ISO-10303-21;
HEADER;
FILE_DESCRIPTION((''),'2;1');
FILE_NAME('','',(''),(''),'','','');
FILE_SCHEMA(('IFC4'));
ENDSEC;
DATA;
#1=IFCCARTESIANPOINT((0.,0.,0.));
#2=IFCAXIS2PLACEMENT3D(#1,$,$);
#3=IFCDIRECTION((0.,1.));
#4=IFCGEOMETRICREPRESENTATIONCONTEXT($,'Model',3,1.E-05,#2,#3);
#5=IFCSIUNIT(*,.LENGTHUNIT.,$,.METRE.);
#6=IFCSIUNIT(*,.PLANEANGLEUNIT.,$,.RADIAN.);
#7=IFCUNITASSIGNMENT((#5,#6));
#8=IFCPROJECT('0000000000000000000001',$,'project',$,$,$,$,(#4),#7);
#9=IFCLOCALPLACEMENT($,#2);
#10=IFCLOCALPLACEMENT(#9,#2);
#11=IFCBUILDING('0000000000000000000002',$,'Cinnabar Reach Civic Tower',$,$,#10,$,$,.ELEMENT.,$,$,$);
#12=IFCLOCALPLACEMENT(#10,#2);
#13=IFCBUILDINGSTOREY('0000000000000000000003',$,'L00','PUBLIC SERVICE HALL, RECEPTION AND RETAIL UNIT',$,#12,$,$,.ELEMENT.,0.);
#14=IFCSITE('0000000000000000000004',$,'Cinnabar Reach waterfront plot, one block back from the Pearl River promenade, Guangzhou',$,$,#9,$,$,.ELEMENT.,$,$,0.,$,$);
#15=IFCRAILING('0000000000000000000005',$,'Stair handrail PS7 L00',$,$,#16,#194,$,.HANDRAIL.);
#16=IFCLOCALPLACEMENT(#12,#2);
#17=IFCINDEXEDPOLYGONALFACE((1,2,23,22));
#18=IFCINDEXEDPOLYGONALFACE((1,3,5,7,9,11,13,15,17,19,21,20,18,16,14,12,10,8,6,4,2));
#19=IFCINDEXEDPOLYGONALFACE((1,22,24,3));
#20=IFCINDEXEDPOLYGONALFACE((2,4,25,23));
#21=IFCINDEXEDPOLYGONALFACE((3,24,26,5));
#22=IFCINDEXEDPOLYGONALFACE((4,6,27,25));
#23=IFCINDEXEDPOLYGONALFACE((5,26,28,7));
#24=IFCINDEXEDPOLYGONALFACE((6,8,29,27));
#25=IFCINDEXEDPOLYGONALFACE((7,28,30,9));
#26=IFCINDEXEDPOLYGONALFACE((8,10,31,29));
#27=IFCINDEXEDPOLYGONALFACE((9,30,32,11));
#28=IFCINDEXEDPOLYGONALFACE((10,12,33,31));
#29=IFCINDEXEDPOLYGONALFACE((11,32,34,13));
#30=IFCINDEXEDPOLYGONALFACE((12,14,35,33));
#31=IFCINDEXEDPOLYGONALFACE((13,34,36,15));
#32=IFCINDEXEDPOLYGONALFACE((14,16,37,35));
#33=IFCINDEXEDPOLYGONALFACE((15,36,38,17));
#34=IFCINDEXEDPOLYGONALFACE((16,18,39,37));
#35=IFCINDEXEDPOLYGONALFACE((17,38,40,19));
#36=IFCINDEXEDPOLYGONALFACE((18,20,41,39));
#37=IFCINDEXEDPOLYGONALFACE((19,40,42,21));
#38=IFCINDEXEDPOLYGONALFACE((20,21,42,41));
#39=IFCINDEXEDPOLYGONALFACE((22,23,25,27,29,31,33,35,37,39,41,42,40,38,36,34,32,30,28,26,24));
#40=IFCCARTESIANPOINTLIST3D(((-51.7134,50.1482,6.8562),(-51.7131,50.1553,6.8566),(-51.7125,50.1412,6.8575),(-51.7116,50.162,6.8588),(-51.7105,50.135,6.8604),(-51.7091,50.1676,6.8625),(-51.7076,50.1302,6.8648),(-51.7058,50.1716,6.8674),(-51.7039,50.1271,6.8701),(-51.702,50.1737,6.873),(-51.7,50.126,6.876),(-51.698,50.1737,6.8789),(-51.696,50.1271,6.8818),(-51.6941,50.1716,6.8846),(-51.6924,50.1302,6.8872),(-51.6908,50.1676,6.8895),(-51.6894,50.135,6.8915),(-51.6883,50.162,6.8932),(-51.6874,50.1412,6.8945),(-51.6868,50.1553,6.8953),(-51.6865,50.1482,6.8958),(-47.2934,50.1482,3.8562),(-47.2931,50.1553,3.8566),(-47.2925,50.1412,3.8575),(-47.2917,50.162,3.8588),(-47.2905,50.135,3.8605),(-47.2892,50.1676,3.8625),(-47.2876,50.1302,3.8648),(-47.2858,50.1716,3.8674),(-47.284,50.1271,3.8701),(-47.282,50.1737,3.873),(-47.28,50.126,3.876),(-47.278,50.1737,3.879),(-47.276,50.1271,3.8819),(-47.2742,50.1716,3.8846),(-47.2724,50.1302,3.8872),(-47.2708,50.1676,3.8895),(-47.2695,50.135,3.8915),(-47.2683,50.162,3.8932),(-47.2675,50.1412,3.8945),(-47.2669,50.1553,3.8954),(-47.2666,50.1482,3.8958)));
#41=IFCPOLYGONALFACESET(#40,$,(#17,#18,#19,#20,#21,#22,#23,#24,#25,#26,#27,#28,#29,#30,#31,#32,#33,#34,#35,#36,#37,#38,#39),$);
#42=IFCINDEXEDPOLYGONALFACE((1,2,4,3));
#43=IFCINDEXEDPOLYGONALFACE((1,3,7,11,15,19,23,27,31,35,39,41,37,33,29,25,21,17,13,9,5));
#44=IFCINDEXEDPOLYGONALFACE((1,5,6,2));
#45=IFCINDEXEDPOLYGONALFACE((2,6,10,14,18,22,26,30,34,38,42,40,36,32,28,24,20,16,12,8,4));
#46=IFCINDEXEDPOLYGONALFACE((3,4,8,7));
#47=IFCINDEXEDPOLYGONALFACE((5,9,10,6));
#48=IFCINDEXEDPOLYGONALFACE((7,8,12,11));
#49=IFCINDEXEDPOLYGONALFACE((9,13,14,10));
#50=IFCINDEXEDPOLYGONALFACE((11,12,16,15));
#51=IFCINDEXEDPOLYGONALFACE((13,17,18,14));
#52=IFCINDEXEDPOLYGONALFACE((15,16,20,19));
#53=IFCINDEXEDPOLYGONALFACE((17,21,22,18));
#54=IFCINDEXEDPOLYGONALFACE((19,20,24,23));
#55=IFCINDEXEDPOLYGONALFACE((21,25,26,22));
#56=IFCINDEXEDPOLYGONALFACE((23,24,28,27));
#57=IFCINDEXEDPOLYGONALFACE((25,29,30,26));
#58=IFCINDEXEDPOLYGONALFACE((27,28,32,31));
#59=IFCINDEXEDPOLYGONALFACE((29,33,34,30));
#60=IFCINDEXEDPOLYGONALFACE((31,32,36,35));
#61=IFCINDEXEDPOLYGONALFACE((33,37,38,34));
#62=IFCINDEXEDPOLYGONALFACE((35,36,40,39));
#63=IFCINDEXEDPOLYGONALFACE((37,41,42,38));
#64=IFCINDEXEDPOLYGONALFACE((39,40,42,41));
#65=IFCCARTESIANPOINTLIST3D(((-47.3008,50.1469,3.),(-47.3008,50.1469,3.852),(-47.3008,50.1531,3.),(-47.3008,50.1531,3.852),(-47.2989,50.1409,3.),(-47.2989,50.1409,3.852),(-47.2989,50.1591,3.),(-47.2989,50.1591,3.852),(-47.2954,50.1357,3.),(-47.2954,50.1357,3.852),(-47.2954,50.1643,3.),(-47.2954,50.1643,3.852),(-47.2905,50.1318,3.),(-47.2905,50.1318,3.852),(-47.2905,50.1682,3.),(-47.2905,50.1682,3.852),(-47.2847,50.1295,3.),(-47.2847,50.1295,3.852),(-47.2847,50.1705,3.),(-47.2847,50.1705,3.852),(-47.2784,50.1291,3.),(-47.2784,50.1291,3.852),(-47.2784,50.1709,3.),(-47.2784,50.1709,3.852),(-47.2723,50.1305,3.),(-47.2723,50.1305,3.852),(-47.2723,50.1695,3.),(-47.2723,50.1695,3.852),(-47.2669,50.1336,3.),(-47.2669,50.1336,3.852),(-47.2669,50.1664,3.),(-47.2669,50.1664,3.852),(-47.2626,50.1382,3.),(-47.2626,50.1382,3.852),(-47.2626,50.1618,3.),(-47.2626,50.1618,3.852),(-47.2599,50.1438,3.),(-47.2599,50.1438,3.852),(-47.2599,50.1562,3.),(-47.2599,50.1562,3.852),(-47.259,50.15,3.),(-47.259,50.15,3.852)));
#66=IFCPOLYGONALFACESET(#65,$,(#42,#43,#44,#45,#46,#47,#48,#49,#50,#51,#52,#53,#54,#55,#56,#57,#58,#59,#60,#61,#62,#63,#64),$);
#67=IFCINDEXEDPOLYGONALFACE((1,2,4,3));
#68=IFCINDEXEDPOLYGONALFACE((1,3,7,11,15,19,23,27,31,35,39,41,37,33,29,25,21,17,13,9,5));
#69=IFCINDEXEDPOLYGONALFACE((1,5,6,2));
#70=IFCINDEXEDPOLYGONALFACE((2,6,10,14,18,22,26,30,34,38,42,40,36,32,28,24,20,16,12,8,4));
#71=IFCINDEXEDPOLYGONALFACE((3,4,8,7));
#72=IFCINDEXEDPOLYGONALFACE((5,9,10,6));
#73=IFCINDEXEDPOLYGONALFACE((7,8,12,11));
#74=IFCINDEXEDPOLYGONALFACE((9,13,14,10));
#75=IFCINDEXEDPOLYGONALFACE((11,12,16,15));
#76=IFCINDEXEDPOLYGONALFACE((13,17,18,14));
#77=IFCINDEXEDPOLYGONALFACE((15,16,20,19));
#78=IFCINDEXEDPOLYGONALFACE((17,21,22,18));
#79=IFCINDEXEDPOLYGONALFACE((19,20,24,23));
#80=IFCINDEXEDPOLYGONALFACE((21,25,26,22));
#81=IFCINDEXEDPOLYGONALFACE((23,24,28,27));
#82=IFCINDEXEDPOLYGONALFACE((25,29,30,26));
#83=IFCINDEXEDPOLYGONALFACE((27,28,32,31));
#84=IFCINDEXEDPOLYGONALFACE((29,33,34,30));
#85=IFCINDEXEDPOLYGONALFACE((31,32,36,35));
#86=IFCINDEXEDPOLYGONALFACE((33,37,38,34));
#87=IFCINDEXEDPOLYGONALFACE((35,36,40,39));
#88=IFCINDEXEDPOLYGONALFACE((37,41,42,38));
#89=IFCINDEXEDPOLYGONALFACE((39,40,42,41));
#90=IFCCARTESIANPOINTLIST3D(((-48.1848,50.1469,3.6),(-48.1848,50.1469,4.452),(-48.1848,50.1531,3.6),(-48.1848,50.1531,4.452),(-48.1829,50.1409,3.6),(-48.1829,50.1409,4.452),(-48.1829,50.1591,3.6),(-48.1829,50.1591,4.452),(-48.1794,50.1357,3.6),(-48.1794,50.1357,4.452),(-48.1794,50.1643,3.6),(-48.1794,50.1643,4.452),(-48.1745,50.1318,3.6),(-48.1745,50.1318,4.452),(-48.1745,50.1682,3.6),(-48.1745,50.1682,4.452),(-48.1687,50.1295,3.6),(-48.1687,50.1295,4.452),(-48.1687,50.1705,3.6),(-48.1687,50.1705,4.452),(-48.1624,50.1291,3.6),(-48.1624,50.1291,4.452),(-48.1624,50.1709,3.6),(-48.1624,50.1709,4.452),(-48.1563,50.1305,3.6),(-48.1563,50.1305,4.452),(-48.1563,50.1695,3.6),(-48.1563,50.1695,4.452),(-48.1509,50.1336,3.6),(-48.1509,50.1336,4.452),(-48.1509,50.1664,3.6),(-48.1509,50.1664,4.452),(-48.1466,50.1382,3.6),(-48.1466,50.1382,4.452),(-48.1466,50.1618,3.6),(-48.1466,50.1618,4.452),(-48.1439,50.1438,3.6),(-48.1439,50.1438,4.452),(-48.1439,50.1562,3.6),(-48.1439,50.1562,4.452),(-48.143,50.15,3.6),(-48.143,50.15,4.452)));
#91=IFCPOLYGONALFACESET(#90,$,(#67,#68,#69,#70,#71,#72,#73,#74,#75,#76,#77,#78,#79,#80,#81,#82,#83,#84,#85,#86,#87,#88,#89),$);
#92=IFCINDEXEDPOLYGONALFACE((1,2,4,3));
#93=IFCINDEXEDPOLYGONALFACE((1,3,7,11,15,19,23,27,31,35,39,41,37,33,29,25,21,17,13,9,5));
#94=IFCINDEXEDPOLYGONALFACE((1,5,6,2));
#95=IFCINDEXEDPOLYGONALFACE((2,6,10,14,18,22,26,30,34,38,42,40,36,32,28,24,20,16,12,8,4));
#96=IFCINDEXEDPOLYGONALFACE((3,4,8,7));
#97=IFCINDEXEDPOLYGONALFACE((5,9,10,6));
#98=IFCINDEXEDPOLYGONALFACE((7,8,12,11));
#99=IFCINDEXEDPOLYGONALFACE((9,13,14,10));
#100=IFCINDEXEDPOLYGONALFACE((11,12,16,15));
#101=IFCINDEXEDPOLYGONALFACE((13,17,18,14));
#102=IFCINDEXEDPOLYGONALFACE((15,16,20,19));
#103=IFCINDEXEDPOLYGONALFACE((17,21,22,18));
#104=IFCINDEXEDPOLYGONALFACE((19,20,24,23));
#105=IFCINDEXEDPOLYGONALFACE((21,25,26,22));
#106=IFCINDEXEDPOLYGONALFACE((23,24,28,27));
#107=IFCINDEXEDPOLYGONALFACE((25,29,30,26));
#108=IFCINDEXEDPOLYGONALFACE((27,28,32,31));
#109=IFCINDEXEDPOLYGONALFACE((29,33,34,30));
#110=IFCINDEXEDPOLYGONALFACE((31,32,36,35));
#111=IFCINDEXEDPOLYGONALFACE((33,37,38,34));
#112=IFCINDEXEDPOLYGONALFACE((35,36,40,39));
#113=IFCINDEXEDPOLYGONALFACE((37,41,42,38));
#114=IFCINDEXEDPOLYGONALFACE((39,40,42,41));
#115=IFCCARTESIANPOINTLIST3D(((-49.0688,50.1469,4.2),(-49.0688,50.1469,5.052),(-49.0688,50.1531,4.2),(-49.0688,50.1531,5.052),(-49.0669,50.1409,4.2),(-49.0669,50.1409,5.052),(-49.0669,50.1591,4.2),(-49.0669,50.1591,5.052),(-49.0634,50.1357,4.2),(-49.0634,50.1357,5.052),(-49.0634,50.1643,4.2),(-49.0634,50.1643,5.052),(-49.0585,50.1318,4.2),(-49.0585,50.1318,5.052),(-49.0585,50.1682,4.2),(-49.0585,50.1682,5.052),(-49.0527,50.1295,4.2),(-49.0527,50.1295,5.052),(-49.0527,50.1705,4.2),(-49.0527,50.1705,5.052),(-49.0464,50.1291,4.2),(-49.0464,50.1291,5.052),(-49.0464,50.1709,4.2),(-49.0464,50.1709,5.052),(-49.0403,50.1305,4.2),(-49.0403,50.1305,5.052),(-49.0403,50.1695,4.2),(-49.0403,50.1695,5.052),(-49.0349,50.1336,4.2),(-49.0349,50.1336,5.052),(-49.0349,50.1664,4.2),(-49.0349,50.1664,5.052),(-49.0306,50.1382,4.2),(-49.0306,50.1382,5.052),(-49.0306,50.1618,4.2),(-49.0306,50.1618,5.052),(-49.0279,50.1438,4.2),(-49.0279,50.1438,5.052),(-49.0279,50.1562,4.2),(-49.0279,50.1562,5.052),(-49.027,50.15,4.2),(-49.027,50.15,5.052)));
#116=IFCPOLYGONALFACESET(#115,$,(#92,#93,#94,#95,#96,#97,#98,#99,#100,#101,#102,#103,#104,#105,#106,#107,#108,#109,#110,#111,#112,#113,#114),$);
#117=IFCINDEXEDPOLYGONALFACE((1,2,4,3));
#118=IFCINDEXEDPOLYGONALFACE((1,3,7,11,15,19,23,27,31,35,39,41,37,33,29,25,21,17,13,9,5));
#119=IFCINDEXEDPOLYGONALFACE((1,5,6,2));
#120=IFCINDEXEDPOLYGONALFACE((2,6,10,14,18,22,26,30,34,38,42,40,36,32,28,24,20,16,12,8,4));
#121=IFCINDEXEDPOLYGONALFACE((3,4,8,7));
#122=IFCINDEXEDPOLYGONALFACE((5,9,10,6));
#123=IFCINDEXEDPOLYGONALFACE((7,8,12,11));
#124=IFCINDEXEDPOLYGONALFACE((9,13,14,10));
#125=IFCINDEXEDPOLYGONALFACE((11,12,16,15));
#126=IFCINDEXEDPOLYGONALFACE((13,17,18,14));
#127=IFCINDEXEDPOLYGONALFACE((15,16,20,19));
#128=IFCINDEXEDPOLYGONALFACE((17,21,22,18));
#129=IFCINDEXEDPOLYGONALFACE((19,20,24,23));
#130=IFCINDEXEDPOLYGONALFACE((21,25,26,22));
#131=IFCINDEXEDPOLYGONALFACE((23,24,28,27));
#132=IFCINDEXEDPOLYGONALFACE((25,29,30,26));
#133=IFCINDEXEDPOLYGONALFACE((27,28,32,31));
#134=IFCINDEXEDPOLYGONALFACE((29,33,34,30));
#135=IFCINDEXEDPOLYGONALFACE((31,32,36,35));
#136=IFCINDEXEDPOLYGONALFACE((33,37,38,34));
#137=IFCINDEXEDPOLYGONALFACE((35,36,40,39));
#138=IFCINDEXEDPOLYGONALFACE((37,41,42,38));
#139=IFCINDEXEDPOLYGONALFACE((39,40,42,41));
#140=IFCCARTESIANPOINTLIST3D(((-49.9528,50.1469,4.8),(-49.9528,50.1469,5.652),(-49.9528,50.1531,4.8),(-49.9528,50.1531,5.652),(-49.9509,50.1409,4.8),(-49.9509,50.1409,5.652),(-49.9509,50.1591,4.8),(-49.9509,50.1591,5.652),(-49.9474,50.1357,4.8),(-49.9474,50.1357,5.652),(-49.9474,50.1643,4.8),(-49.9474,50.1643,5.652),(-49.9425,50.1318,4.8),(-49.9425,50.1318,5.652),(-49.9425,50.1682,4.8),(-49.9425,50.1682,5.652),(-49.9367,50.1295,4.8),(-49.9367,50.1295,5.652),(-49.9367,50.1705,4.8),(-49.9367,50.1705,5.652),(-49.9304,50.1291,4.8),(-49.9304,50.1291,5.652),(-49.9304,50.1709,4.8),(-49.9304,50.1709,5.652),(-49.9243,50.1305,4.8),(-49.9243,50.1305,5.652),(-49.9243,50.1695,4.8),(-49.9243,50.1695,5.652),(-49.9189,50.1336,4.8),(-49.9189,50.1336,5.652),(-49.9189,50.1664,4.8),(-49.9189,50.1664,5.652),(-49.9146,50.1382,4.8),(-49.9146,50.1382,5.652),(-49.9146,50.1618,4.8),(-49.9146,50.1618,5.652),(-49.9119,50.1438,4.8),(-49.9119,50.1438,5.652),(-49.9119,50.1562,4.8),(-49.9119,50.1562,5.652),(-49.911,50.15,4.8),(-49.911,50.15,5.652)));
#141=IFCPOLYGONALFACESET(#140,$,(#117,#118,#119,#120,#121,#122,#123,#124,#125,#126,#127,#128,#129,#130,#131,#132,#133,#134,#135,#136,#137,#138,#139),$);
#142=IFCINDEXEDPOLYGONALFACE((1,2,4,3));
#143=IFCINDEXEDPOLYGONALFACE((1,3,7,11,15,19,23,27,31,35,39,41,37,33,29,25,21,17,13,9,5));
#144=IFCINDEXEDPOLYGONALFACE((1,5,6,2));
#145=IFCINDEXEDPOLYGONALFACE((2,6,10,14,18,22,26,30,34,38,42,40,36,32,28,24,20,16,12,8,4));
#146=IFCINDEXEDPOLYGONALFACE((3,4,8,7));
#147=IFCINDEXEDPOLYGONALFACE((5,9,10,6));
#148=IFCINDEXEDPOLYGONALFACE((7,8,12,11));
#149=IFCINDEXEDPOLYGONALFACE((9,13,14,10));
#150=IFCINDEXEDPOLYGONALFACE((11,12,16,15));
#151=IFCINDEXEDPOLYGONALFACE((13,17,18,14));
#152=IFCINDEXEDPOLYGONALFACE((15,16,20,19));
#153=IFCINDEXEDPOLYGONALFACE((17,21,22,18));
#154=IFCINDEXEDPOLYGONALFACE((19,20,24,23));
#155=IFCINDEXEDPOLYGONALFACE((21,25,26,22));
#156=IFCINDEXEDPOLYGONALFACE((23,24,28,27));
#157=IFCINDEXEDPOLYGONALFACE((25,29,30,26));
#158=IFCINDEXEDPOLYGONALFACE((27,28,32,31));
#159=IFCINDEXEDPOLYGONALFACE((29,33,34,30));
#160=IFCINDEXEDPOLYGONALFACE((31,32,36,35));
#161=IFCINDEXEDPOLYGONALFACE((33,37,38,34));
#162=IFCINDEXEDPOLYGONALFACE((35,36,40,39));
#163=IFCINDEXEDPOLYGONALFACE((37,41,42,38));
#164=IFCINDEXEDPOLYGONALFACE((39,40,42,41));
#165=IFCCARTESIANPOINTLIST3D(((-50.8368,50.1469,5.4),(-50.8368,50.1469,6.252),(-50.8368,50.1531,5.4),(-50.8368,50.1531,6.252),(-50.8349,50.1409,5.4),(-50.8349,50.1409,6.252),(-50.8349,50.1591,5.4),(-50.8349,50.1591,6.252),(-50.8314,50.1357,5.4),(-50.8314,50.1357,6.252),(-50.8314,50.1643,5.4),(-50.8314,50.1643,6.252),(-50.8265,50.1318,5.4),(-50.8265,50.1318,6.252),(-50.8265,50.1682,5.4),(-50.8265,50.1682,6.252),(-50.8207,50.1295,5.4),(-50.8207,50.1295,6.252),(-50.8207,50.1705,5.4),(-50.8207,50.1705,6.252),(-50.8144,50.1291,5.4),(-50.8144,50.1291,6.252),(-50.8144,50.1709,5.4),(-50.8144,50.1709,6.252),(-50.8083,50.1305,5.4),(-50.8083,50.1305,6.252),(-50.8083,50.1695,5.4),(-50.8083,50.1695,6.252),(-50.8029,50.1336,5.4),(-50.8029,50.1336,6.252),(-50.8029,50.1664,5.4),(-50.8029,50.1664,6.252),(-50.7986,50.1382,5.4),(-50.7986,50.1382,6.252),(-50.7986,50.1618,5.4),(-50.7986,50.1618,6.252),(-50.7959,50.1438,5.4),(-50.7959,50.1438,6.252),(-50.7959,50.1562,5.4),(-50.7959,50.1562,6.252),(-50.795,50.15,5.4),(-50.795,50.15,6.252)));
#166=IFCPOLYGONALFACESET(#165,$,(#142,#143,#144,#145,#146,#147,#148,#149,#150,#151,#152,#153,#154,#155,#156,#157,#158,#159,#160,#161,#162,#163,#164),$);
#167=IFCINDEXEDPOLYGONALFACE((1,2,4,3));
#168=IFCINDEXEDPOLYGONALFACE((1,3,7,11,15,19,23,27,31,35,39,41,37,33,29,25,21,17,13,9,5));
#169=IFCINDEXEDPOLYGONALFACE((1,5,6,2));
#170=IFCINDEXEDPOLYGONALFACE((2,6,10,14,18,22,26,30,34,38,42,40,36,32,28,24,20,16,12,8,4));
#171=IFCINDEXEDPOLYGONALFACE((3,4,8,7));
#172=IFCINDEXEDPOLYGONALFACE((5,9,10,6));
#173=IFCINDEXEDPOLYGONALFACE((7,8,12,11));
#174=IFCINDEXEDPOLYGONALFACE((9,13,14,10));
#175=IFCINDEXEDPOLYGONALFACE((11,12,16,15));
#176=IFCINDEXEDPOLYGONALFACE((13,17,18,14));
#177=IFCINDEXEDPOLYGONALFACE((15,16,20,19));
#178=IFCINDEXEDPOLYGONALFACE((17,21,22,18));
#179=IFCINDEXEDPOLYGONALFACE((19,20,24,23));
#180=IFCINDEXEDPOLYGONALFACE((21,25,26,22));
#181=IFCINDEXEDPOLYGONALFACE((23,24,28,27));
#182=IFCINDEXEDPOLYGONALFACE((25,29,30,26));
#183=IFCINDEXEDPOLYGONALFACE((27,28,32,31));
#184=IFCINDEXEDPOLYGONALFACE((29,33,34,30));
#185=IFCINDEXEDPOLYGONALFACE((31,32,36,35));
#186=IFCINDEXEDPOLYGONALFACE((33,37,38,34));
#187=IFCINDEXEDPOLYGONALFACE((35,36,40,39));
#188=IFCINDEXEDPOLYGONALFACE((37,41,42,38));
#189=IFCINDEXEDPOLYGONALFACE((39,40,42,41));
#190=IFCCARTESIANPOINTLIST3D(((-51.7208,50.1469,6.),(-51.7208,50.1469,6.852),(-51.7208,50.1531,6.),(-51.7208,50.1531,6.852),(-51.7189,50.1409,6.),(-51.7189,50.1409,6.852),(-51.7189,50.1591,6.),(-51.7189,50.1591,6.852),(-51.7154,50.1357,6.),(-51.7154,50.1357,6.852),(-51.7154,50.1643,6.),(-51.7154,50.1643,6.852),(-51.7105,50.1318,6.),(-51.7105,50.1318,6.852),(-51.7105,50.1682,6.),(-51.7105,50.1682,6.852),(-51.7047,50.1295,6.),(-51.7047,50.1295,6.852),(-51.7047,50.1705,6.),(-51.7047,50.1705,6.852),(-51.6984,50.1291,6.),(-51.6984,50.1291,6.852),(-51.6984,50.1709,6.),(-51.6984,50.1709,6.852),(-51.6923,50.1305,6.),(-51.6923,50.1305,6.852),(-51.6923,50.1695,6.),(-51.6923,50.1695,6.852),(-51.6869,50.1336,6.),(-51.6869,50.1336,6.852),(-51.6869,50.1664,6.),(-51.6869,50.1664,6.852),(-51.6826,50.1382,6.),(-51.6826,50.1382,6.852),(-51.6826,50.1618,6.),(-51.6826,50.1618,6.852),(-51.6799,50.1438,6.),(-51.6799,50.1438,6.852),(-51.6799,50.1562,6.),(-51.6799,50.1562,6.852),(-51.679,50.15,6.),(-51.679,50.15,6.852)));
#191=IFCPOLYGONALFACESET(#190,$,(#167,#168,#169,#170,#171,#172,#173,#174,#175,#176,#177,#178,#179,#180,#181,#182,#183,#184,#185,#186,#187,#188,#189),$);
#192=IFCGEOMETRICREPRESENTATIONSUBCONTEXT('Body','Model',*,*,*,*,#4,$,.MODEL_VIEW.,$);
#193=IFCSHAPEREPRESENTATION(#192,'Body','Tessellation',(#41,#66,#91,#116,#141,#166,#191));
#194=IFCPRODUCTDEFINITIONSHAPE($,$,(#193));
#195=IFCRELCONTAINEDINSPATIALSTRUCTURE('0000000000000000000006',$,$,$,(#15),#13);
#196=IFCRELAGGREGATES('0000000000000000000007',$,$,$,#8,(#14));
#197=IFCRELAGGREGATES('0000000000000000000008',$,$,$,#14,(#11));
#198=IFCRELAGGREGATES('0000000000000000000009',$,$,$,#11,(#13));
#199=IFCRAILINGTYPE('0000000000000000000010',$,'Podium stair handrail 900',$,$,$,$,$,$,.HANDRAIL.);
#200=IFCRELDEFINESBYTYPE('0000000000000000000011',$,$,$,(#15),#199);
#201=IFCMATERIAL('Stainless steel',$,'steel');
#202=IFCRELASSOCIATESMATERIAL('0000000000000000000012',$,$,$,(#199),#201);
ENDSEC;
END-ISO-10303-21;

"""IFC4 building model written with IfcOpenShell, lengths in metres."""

from ifc_helpers import new_model, si_unit, direction, frame, origin, origin_2d, place, context, subcontext, project, spatial, circle, extrude, material, type_object, element, save


model = new_model("IFC4")

# Units and contexts
model_context = context("Model", 3, precision=1e-05, world=origin(), true_north=direction((0.0, 1.0)))
body_context = subcontext(model_context, "Body", "Model", "MODEL_VIEW")
ifc_project = project(units=[si_unit("LENGTHUNIT", "METRE"), si_unit("PLANEANGLEUNIT", "RADIAN")], contexts=[model_context])

# Site, building, storey
site_placement = place(None, origin())
site = spatial("IfcSite", under=ifc_project, at=site_placement, Name="Cinnabar Reach waterfront plot, one block back from the Pearl River promenade, Guangzhou", CompositionType="ELEMENT", RefElevation=0.0)
building_placement = place(site_placement, origin())
building = spatial("IfcBuilding", under=site, at=building_placement, Name="Cinnabar Reach Civic Tower", CompositionType="ELEMENT")
storey_placement = place(building_placement, origin())
storey = spatial("IfcBuildingStorey", under=building, at=storey_placement, Name="L00", Description="PUBLIC SERVICE HALL, RECEPTION AND RETAIL UNIT", CompositionType="ELEMENT", Elevation=0.0)

# Railing
ifc_material_1 = material(Name="Stainless steel", Category="steel")
railing_type_1 = type_object("IfcRailingType", Name="Podium stair handrail 900", PredefinedType="HANDRAIL", material=ifc_material_1)
railing_1_placement = place(storey_placement, frame((-47.28, 50.15, 3.0)))
element("IfcRailing", 1, at=railing_1_placement, inside=storey, type_object=railing_type_1, Name="Stair handrail PS7 L00", PredefinedType="HANDRAIL", context=body_context, shape_type="SweptSolid", body=[
    extrude(circle(Radius=0.024, at=origin_2d()), frame((0.0, 0.0, 0.876), z_axis=(-0.827414, 0.0, 0.561593), x_axis=(0.0, -1.0, 0.0)), (0.0, 0.0, 1.0), 5.3419),
    extrude(circle(Radius=0.021, at=origin_2d()), origin(), (0.0, 0.0, 1.0), 0.852),
    extrude(circle(Radius=0.021, at=origin_2d()), frame((-0.884, 0.0, 0.6)), (0.0, 0.0, 1.0), 0.852),
    extrude(circle(Radius=0.021, at=origin_2d()), frame((-1.768, 0.0, 1.2)), (0.0, 0.0, 1.0), 0.852),
    extrude(circle(Radius=0.021, at=origin_2d()), frame((-2.652, 0.0, 1.8)), (0.0, 0.0, 1.0), 0.852),
    extrude(circle(Radius=0.021, at=origin_2d()), frame((-3.536, 0.0, 2.4)), (0.0, 0.0, 1.0), 0.852),
    extrude(circle(Radius=0.021, at=origin_2d()), frame((-4.42, 0.0, 3.0)), (0.0, 0.0, 1.0), 0.852),
])

save(model, "model.ifc")
